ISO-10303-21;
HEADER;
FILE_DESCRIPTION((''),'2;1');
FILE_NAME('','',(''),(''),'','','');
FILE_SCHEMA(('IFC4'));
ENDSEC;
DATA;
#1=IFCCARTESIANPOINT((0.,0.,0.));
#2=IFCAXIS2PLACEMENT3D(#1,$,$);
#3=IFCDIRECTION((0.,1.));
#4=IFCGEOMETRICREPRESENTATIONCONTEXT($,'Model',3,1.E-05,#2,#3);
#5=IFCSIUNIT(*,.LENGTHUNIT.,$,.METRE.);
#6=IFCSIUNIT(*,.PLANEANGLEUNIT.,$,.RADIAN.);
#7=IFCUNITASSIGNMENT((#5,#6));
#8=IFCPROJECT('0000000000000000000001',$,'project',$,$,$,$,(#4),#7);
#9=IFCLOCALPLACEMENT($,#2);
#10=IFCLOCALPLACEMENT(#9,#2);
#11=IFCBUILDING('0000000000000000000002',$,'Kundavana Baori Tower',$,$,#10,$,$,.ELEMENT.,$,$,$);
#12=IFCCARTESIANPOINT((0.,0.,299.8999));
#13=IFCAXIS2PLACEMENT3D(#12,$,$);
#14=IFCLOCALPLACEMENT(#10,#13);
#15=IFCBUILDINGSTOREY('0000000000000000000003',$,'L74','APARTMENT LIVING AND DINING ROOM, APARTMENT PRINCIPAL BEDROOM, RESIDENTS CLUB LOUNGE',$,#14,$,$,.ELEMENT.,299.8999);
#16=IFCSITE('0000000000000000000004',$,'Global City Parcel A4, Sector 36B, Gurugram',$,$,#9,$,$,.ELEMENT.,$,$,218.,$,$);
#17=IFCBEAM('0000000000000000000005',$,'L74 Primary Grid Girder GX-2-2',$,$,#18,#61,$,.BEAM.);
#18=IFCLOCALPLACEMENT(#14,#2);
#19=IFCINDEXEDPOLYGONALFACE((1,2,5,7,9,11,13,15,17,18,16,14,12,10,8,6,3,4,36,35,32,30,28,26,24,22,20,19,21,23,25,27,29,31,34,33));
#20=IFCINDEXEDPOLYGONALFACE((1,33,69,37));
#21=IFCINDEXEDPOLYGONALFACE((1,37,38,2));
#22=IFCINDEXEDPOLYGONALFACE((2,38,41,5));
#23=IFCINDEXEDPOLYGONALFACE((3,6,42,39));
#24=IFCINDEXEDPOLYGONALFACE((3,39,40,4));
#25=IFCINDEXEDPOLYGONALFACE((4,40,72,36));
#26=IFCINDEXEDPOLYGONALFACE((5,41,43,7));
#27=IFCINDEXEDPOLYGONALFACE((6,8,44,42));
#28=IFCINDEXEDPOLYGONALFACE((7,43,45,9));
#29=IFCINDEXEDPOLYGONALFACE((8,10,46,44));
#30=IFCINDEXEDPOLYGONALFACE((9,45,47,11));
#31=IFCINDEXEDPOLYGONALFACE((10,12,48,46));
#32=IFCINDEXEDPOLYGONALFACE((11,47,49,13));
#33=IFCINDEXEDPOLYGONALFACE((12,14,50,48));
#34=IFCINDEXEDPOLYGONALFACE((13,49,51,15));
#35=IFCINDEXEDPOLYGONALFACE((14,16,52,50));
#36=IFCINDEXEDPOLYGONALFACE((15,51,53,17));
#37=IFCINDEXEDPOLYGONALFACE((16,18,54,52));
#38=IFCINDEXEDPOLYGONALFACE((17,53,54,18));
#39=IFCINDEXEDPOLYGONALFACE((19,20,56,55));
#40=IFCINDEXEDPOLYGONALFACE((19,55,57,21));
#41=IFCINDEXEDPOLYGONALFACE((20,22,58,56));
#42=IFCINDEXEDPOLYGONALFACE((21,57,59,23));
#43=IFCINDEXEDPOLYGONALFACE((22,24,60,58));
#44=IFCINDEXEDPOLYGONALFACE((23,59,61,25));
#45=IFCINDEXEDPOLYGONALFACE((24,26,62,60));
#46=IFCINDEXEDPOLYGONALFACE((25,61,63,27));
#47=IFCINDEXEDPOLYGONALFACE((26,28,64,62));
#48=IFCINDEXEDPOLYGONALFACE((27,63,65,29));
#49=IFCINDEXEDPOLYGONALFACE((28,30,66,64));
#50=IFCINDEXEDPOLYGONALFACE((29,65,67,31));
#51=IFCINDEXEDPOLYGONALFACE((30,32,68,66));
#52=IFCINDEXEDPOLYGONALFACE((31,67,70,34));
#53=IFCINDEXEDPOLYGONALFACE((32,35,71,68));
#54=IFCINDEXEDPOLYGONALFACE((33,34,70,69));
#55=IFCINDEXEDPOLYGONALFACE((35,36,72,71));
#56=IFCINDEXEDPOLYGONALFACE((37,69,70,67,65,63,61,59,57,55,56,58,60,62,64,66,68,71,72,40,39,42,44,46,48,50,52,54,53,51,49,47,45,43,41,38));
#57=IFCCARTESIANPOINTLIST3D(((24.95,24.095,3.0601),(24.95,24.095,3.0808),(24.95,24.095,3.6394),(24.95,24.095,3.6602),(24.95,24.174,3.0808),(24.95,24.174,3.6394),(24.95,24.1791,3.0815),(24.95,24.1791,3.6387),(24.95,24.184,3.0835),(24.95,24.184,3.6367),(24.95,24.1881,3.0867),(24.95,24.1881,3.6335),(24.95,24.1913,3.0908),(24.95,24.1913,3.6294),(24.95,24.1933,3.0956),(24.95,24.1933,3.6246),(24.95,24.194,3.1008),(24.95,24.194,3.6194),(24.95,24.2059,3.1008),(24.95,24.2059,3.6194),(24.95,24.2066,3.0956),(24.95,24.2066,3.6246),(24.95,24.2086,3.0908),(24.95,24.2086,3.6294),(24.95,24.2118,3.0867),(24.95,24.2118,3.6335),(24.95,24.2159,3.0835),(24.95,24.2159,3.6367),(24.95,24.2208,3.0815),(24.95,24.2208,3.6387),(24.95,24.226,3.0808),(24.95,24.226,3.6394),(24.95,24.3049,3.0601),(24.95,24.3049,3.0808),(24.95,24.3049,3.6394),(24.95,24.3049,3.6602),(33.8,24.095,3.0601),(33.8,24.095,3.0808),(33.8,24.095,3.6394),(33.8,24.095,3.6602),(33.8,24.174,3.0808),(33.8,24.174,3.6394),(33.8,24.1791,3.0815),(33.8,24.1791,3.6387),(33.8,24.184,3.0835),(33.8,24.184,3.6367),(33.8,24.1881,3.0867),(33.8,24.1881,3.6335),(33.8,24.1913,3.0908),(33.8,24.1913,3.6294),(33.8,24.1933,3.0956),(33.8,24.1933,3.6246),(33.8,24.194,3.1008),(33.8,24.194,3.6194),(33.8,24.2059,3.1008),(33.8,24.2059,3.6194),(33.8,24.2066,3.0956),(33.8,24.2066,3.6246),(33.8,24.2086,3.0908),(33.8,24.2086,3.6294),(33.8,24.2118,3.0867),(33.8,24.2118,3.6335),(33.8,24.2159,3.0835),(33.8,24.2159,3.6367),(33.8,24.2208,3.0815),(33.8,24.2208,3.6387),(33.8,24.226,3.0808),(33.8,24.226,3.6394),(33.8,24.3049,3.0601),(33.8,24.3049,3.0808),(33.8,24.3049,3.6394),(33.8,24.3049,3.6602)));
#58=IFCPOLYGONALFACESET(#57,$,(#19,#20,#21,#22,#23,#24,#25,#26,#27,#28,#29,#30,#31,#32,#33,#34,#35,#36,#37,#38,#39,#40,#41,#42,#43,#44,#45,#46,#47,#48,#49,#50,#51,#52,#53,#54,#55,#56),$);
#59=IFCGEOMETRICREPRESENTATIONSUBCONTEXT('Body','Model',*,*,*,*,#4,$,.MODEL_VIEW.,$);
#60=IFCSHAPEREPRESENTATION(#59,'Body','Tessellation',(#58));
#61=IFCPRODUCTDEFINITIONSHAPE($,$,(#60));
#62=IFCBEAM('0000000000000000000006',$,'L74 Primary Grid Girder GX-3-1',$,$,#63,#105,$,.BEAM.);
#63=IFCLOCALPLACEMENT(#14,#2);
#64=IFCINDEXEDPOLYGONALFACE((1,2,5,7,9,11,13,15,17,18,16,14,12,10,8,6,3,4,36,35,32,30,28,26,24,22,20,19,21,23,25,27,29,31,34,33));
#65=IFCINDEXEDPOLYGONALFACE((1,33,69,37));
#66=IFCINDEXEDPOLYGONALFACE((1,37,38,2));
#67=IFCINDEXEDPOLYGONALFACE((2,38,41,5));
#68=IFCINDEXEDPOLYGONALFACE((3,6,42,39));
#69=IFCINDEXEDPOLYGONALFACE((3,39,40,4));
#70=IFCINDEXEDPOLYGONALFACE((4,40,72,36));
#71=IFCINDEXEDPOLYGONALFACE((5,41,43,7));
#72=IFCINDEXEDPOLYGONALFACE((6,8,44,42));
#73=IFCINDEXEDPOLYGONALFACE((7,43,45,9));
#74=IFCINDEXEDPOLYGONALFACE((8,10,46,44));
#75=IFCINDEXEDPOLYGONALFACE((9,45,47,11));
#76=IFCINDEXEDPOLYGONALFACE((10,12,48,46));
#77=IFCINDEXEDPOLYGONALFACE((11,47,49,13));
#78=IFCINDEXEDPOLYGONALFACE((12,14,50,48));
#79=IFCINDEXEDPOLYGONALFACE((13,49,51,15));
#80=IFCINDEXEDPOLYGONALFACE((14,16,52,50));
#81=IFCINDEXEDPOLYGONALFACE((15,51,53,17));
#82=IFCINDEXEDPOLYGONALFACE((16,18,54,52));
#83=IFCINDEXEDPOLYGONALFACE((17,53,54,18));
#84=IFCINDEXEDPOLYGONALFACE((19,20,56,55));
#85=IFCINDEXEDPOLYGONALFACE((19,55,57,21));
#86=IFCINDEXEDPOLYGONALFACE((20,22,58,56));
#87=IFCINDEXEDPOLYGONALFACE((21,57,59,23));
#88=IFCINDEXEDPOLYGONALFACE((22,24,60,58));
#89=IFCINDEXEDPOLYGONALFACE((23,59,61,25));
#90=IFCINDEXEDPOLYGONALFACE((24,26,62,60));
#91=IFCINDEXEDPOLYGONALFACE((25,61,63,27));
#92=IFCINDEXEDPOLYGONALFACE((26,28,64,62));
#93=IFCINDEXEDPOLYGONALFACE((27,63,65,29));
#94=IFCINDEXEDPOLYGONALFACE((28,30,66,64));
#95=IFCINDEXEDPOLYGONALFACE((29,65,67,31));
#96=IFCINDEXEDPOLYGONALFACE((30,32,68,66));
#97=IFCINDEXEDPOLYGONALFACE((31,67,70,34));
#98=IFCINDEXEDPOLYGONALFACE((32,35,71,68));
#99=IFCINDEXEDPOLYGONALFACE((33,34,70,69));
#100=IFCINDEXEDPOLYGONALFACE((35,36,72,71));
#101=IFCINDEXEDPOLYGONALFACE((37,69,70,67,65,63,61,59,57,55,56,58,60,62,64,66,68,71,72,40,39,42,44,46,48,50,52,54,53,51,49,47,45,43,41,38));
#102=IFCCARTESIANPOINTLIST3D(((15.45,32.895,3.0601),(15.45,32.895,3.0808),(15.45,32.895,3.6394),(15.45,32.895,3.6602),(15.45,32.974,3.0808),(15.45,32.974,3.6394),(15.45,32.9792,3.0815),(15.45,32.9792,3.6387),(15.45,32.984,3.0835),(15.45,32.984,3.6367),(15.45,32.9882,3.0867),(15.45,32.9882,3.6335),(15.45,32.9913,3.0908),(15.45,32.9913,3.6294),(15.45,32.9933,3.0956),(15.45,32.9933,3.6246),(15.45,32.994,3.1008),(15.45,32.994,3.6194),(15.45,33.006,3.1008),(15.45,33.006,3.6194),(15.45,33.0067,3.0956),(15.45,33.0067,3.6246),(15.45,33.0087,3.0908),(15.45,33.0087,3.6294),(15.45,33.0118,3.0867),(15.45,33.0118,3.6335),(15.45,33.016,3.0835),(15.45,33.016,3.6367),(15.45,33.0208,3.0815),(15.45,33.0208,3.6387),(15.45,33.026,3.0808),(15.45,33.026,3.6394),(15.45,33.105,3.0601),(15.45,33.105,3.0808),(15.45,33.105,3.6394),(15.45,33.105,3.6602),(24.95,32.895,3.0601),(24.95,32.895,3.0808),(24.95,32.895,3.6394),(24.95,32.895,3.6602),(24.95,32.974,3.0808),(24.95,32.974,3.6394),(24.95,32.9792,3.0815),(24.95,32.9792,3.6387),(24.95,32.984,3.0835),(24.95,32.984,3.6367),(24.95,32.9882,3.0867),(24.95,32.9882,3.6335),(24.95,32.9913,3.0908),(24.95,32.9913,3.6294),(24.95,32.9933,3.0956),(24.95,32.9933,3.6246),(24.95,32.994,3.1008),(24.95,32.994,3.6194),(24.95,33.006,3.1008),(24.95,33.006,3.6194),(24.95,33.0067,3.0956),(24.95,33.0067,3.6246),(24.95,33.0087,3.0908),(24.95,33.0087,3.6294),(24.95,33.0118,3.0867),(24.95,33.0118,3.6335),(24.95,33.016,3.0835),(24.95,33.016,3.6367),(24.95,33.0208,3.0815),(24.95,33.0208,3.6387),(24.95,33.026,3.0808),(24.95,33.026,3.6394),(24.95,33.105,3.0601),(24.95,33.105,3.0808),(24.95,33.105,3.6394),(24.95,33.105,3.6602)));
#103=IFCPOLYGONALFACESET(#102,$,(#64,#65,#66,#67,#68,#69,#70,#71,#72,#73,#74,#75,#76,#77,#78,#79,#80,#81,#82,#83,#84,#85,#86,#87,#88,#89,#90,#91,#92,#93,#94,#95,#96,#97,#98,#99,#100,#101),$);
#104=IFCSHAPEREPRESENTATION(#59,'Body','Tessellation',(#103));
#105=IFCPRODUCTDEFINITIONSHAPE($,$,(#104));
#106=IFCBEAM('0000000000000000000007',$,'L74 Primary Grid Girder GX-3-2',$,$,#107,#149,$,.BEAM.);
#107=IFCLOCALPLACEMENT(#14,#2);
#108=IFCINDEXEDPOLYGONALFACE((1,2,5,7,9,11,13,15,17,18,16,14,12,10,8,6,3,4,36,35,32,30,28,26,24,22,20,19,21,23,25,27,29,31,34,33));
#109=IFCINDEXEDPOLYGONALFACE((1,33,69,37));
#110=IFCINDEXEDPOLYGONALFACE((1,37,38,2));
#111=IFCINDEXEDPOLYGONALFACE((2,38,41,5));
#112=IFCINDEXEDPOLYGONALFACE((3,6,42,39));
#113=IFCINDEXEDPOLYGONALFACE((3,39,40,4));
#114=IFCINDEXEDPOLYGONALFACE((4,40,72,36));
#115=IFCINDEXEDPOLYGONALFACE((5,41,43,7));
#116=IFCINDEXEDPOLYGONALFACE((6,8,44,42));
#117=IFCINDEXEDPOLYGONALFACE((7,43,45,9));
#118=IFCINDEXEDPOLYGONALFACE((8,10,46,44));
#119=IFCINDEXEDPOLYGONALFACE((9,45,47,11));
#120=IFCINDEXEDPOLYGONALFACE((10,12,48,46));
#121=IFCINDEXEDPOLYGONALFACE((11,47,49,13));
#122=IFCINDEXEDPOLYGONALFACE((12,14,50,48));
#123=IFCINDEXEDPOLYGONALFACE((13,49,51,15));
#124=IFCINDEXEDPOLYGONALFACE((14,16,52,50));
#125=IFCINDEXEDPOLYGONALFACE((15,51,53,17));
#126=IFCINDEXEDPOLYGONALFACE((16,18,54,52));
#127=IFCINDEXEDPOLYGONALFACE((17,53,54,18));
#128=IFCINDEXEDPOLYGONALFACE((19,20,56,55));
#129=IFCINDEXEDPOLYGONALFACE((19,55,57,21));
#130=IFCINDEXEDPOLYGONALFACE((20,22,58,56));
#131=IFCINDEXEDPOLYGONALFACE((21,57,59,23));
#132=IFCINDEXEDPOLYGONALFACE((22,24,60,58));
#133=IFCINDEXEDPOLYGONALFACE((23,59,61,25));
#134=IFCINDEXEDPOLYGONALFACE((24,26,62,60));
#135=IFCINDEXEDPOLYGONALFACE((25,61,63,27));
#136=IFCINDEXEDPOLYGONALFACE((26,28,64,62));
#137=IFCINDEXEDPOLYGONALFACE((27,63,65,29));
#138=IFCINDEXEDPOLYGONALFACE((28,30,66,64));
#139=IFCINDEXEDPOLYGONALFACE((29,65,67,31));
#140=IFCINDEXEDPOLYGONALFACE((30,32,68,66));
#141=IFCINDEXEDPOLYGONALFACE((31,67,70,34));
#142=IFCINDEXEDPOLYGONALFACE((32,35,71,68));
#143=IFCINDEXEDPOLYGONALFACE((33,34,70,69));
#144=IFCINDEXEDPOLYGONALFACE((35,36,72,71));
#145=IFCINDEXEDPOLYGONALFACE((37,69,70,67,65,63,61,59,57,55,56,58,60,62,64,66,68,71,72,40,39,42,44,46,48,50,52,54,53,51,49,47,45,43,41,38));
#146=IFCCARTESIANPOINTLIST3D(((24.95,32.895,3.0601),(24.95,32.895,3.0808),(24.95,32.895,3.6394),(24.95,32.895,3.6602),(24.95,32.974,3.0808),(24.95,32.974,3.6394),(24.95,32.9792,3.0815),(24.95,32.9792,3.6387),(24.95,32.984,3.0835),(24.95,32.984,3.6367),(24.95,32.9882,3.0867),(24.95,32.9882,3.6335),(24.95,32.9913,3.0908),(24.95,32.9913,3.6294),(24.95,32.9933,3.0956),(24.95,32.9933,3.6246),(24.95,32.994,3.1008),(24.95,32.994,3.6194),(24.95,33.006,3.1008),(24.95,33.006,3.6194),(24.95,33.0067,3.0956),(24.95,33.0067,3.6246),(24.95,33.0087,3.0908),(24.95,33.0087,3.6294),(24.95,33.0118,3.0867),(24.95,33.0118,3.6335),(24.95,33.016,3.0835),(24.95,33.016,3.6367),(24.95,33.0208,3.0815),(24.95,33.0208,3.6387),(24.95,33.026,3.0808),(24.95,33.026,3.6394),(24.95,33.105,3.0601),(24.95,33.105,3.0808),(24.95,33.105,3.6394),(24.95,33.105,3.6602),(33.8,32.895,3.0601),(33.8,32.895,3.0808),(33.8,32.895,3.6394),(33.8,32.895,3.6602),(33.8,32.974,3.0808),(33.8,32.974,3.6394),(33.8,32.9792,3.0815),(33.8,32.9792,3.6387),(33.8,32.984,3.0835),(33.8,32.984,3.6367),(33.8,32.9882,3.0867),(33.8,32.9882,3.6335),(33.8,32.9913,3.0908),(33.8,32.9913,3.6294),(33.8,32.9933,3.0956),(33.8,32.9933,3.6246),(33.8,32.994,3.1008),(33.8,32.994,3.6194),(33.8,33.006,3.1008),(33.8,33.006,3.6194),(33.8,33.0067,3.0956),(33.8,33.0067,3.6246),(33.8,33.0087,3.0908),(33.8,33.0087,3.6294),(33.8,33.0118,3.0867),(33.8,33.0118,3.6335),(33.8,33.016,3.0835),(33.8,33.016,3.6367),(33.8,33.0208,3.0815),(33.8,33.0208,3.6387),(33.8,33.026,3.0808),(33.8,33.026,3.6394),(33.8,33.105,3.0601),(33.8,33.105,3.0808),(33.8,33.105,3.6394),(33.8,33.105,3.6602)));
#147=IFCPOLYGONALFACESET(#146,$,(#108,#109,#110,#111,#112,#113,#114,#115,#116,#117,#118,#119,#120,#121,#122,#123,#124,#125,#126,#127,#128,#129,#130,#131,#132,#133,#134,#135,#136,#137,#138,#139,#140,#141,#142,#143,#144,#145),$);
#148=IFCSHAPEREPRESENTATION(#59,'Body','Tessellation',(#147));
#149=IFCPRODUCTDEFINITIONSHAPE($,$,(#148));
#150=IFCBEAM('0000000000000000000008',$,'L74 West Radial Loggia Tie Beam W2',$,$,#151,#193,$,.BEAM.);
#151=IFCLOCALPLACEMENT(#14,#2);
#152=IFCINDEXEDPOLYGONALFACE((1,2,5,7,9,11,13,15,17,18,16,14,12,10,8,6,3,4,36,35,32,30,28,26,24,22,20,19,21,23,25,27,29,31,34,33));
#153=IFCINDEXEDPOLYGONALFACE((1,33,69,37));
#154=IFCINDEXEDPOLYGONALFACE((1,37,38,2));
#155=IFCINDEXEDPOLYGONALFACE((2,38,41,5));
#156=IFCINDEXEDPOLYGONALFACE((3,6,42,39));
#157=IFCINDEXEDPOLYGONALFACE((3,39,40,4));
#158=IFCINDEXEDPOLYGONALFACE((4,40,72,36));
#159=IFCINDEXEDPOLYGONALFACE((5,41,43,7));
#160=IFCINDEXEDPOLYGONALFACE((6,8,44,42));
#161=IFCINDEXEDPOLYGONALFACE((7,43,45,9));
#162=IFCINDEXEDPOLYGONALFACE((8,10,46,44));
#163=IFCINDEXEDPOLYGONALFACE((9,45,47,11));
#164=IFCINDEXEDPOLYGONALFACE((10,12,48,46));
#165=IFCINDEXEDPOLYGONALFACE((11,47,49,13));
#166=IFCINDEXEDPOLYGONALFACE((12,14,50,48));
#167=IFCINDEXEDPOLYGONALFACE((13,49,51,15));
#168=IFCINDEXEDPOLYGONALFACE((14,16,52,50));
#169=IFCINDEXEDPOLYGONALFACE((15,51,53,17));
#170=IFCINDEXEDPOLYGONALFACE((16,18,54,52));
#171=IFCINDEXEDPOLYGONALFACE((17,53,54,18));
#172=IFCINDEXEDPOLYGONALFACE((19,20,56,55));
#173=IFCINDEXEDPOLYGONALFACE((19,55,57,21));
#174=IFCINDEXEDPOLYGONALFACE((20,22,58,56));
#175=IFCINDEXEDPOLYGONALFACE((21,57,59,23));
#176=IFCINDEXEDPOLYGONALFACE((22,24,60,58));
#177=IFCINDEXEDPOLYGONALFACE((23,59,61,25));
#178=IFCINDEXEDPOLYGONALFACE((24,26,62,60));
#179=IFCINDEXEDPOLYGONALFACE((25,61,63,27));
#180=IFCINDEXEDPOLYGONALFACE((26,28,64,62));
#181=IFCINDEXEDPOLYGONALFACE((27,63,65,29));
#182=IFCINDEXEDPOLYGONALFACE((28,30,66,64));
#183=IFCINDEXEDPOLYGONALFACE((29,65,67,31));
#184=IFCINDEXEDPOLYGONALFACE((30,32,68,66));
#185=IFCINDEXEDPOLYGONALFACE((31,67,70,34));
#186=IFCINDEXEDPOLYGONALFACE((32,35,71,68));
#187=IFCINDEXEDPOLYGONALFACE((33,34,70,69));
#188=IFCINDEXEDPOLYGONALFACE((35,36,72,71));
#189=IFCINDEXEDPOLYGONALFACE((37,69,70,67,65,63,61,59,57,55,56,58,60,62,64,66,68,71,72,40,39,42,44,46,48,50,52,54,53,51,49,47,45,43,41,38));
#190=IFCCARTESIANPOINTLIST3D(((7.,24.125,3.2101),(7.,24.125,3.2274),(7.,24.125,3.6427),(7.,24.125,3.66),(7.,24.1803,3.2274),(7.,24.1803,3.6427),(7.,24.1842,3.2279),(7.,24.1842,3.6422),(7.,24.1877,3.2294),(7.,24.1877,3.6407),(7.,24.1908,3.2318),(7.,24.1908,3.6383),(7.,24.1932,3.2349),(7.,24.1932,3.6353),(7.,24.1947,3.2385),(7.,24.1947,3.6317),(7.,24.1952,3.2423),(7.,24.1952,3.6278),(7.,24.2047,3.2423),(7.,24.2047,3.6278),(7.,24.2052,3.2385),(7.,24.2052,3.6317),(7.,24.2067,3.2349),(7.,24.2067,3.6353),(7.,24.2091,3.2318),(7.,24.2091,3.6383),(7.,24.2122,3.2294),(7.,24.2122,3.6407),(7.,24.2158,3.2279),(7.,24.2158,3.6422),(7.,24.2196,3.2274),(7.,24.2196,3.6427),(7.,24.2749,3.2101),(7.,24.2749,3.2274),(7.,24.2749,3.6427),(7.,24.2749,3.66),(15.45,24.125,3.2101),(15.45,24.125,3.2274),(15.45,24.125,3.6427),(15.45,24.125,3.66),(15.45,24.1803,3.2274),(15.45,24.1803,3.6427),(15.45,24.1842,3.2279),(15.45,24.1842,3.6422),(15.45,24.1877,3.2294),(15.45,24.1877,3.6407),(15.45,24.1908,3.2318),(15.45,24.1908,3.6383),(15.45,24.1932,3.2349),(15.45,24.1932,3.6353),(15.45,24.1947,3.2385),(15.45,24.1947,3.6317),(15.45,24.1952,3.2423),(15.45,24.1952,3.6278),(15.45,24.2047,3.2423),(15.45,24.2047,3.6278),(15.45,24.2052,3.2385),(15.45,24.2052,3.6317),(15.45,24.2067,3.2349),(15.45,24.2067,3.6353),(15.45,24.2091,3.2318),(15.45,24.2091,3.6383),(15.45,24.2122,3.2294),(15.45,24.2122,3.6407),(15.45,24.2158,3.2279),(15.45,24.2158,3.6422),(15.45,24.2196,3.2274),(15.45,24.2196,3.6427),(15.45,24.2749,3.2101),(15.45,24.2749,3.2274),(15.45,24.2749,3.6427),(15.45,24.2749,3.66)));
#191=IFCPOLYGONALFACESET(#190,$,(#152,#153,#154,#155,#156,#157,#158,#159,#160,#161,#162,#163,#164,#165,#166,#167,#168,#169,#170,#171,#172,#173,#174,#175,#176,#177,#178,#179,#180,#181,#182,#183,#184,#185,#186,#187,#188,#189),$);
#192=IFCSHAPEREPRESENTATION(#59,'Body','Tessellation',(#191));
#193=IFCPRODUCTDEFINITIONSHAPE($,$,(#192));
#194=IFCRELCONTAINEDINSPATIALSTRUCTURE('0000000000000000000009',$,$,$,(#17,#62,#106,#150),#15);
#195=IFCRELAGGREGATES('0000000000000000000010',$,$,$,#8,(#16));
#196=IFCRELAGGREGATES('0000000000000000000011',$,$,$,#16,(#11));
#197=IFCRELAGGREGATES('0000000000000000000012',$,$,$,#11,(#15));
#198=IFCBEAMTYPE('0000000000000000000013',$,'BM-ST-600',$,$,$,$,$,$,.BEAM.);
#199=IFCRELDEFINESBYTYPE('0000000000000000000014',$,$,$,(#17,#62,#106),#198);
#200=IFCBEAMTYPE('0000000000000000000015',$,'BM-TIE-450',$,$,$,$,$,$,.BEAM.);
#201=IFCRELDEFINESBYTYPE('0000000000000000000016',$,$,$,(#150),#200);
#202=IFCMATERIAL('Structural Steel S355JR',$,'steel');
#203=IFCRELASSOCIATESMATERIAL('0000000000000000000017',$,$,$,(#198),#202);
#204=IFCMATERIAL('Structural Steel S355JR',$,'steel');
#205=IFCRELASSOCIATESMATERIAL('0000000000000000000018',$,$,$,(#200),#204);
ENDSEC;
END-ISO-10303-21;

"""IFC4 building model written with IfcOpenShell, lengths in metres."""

from ifc_helpers import new_model, si_unit, direction, frame, origin, origin_2d, place, context, subcontext, project, spatial, i_section, extrude, material, material_profile, profile_set, type_object, element, save


model = new_model("IFC4")

# Units and contexts
model_context = context("Model", 3, precision=1e-05, world=origin(), true_north=direction((0.0, 1.0)))
body_context = subcontext(model_context, "Body", "Model", "MODEL_VIEW")
ifc_project = project(units=[si_unit("LENGTHUNIT", "METRE"), si_unit("PLANEANGLEUNIT", "RADIAN")], contexts=[model_context])

# Site, building, storey
site_placement = place(None, origin())
site = spatial("IfcSite", under=ifc_project, at=site_placement, Name="Global City Parcel A4, Sector 36B, Gurugram", CompositionType="ELEMENT", RefElevation=218.0)
building_placement = place(site_placement, origin())
building = spatial("IfcBuilding", under=site, at=building_placement, Name="Kundavana Baori Tower", CompositionType="ELEMENT")
storey_placement = place(building_placement, frame((0.0, 0.0, 299.8999)))
storey = spatial("IfcBuildingStorey", under=building, at=storey_placement, Name="L74", Description="APARTMENT LIVING AND DINING ROOM, APARTMENT PRINCIPAL BEDROOM, RESIDENTS CLUB LOUNGE", CompositionType="ELEMENT", Elevation=299.8999)

# Beams
ifc_material_1 = material(Name="Structural Steel S355JR", Category="steel")
ifc_material_profile_1 = material_profile(ifc_material_1, i_section(OverallWidth=0.21, OverallDepth=0.6001, WebThickness=0.012, FlangeThickness=0.0208, FilletRadius=0.02, at=origin_2d()), Name="ISMB 600")
ifc_profile_set_1 = profile_set([ifc_material_profile_1], Name="Structural Steel S355JR")
beam_type_1 = type_object("IfcBeamType", Name="BM-ST-600", PredefinedType="BEAM", material=ifc_profile_set_1)
beam_1_placement = place(storey_placement, frame((24.95, 24.2, 3.3601), z_axis=(1.0, 0.0, 0.0), x_axis=(0.0, 1.0, 0.0)))
element("IfcBeam", 1, at=beam_1_placement, inside=storey, type_object=beam_type_1, Name="L74 Primary Grid Girder GX-2-2", PredefinedType="BEAM", context=body_context, shape_type="SweptSolid", body=[
    extrude(i_section(OverallWidth=0.21, OverallDepth=0.6001, WebThickness=0.012, FlangeThickness=0.0208, FilletRadius=0.02, at=origin_2d()), origin(), (0.0, 0.0, 1.0), 8.8501),
])
beam_2_placement = place(storey_placement, frame((15.45, 33.0, 3.3601), z_axis=(1.0, 0.0, 0.0), x_axis=(0.0, 1.0, 0.0)))
element("IfcBeam", 2, at=beam_2_placement, inside=storey, type_object=beam_type_1, Name="L74 Primary Grid Girder GX-3-1", PredefinedType="BEAM", context=body_context, shape_type="SweptSolid", body=[
    extrude(i_section(OverallWidth=0.21, OverallDepth=0.6001, WebThickness=0.012, FlangeThickness=0.0208, FilletRadius=0.02, at=origin_2d()), origin(), (0.0, 0.0, 1.0), 9.5),
])
beam_3_placement = place(storey_placement, frame((24.95, 33.0, 3.3601), z_axis=(1.0, 0.0, 0.0), x_axis=(0.0, 1.0, 0.0)))
element("IfcBeam", 3, at=beam_3_placement, inside=storey, type_object=beam_type_1, Name="L74 Primary Grid Girder GX-3-2", PredefinedType="BEAM", context=body_context, shape_type="SweptSolid", body=[
    extrude(i_section(OverallWidth=0.21, OverallDepth=0.6001, WebThickness=0.012, FlangeThickness=0.0208, FilletRadius=0.02, at=origin_2d()), origin(), (0.0, 0.0, 1.0), 8.8501),
])
ifc_material_2 = material(Name="Structural Steel S355JR", Category="steel")
ifc_material_profile_2 = material_profile(ifc_material_2, i_section(OverallWidth=0.1499, OverallDepth=0.45, WebThickness=0.0095, FlangeThickness=0.0173, FilletRadius=0.0149, at=origin_2d()), Name="ISMB 450")
ifc_profile_set_2 = profile_set([ifc_material_profile_2], Name="Structural Steel S355JR")
beam_type_2 = type_object("IfcBeamType", Name="BM-TIE-450", PredefinedType="BEAM", material=ifc_profile_set_2)
for number, where, z_axis, x_axis, name in (
    (4, (15.45, 24.2, 3.4351), (-1.0, 0.0, 0.0), (0.0, -1.0, 0.0), "L74 West Radial Loggia Tie Beam W2"),
):
    element("IfcBeam", number, at=place(storey_placement, frame(where, z_axis=z_axis, x_axis=x_axis)), inside=storey, type_object=beam_type_2, Name=name, PredefinedType="BEAM", context=body_context, shape_type="SweptSolid", body=[
        extrude(i_section(OverallWidth=0.1499, OverallDepth=0.45, WebThickness=0.0095, FlangeThickness=0.0173, FilletRadius=0.0149, at=origin_2d()), origin(), (0.0, 0.0, 1.0), 8.45),
    ])

save(model, "model.ifc")
